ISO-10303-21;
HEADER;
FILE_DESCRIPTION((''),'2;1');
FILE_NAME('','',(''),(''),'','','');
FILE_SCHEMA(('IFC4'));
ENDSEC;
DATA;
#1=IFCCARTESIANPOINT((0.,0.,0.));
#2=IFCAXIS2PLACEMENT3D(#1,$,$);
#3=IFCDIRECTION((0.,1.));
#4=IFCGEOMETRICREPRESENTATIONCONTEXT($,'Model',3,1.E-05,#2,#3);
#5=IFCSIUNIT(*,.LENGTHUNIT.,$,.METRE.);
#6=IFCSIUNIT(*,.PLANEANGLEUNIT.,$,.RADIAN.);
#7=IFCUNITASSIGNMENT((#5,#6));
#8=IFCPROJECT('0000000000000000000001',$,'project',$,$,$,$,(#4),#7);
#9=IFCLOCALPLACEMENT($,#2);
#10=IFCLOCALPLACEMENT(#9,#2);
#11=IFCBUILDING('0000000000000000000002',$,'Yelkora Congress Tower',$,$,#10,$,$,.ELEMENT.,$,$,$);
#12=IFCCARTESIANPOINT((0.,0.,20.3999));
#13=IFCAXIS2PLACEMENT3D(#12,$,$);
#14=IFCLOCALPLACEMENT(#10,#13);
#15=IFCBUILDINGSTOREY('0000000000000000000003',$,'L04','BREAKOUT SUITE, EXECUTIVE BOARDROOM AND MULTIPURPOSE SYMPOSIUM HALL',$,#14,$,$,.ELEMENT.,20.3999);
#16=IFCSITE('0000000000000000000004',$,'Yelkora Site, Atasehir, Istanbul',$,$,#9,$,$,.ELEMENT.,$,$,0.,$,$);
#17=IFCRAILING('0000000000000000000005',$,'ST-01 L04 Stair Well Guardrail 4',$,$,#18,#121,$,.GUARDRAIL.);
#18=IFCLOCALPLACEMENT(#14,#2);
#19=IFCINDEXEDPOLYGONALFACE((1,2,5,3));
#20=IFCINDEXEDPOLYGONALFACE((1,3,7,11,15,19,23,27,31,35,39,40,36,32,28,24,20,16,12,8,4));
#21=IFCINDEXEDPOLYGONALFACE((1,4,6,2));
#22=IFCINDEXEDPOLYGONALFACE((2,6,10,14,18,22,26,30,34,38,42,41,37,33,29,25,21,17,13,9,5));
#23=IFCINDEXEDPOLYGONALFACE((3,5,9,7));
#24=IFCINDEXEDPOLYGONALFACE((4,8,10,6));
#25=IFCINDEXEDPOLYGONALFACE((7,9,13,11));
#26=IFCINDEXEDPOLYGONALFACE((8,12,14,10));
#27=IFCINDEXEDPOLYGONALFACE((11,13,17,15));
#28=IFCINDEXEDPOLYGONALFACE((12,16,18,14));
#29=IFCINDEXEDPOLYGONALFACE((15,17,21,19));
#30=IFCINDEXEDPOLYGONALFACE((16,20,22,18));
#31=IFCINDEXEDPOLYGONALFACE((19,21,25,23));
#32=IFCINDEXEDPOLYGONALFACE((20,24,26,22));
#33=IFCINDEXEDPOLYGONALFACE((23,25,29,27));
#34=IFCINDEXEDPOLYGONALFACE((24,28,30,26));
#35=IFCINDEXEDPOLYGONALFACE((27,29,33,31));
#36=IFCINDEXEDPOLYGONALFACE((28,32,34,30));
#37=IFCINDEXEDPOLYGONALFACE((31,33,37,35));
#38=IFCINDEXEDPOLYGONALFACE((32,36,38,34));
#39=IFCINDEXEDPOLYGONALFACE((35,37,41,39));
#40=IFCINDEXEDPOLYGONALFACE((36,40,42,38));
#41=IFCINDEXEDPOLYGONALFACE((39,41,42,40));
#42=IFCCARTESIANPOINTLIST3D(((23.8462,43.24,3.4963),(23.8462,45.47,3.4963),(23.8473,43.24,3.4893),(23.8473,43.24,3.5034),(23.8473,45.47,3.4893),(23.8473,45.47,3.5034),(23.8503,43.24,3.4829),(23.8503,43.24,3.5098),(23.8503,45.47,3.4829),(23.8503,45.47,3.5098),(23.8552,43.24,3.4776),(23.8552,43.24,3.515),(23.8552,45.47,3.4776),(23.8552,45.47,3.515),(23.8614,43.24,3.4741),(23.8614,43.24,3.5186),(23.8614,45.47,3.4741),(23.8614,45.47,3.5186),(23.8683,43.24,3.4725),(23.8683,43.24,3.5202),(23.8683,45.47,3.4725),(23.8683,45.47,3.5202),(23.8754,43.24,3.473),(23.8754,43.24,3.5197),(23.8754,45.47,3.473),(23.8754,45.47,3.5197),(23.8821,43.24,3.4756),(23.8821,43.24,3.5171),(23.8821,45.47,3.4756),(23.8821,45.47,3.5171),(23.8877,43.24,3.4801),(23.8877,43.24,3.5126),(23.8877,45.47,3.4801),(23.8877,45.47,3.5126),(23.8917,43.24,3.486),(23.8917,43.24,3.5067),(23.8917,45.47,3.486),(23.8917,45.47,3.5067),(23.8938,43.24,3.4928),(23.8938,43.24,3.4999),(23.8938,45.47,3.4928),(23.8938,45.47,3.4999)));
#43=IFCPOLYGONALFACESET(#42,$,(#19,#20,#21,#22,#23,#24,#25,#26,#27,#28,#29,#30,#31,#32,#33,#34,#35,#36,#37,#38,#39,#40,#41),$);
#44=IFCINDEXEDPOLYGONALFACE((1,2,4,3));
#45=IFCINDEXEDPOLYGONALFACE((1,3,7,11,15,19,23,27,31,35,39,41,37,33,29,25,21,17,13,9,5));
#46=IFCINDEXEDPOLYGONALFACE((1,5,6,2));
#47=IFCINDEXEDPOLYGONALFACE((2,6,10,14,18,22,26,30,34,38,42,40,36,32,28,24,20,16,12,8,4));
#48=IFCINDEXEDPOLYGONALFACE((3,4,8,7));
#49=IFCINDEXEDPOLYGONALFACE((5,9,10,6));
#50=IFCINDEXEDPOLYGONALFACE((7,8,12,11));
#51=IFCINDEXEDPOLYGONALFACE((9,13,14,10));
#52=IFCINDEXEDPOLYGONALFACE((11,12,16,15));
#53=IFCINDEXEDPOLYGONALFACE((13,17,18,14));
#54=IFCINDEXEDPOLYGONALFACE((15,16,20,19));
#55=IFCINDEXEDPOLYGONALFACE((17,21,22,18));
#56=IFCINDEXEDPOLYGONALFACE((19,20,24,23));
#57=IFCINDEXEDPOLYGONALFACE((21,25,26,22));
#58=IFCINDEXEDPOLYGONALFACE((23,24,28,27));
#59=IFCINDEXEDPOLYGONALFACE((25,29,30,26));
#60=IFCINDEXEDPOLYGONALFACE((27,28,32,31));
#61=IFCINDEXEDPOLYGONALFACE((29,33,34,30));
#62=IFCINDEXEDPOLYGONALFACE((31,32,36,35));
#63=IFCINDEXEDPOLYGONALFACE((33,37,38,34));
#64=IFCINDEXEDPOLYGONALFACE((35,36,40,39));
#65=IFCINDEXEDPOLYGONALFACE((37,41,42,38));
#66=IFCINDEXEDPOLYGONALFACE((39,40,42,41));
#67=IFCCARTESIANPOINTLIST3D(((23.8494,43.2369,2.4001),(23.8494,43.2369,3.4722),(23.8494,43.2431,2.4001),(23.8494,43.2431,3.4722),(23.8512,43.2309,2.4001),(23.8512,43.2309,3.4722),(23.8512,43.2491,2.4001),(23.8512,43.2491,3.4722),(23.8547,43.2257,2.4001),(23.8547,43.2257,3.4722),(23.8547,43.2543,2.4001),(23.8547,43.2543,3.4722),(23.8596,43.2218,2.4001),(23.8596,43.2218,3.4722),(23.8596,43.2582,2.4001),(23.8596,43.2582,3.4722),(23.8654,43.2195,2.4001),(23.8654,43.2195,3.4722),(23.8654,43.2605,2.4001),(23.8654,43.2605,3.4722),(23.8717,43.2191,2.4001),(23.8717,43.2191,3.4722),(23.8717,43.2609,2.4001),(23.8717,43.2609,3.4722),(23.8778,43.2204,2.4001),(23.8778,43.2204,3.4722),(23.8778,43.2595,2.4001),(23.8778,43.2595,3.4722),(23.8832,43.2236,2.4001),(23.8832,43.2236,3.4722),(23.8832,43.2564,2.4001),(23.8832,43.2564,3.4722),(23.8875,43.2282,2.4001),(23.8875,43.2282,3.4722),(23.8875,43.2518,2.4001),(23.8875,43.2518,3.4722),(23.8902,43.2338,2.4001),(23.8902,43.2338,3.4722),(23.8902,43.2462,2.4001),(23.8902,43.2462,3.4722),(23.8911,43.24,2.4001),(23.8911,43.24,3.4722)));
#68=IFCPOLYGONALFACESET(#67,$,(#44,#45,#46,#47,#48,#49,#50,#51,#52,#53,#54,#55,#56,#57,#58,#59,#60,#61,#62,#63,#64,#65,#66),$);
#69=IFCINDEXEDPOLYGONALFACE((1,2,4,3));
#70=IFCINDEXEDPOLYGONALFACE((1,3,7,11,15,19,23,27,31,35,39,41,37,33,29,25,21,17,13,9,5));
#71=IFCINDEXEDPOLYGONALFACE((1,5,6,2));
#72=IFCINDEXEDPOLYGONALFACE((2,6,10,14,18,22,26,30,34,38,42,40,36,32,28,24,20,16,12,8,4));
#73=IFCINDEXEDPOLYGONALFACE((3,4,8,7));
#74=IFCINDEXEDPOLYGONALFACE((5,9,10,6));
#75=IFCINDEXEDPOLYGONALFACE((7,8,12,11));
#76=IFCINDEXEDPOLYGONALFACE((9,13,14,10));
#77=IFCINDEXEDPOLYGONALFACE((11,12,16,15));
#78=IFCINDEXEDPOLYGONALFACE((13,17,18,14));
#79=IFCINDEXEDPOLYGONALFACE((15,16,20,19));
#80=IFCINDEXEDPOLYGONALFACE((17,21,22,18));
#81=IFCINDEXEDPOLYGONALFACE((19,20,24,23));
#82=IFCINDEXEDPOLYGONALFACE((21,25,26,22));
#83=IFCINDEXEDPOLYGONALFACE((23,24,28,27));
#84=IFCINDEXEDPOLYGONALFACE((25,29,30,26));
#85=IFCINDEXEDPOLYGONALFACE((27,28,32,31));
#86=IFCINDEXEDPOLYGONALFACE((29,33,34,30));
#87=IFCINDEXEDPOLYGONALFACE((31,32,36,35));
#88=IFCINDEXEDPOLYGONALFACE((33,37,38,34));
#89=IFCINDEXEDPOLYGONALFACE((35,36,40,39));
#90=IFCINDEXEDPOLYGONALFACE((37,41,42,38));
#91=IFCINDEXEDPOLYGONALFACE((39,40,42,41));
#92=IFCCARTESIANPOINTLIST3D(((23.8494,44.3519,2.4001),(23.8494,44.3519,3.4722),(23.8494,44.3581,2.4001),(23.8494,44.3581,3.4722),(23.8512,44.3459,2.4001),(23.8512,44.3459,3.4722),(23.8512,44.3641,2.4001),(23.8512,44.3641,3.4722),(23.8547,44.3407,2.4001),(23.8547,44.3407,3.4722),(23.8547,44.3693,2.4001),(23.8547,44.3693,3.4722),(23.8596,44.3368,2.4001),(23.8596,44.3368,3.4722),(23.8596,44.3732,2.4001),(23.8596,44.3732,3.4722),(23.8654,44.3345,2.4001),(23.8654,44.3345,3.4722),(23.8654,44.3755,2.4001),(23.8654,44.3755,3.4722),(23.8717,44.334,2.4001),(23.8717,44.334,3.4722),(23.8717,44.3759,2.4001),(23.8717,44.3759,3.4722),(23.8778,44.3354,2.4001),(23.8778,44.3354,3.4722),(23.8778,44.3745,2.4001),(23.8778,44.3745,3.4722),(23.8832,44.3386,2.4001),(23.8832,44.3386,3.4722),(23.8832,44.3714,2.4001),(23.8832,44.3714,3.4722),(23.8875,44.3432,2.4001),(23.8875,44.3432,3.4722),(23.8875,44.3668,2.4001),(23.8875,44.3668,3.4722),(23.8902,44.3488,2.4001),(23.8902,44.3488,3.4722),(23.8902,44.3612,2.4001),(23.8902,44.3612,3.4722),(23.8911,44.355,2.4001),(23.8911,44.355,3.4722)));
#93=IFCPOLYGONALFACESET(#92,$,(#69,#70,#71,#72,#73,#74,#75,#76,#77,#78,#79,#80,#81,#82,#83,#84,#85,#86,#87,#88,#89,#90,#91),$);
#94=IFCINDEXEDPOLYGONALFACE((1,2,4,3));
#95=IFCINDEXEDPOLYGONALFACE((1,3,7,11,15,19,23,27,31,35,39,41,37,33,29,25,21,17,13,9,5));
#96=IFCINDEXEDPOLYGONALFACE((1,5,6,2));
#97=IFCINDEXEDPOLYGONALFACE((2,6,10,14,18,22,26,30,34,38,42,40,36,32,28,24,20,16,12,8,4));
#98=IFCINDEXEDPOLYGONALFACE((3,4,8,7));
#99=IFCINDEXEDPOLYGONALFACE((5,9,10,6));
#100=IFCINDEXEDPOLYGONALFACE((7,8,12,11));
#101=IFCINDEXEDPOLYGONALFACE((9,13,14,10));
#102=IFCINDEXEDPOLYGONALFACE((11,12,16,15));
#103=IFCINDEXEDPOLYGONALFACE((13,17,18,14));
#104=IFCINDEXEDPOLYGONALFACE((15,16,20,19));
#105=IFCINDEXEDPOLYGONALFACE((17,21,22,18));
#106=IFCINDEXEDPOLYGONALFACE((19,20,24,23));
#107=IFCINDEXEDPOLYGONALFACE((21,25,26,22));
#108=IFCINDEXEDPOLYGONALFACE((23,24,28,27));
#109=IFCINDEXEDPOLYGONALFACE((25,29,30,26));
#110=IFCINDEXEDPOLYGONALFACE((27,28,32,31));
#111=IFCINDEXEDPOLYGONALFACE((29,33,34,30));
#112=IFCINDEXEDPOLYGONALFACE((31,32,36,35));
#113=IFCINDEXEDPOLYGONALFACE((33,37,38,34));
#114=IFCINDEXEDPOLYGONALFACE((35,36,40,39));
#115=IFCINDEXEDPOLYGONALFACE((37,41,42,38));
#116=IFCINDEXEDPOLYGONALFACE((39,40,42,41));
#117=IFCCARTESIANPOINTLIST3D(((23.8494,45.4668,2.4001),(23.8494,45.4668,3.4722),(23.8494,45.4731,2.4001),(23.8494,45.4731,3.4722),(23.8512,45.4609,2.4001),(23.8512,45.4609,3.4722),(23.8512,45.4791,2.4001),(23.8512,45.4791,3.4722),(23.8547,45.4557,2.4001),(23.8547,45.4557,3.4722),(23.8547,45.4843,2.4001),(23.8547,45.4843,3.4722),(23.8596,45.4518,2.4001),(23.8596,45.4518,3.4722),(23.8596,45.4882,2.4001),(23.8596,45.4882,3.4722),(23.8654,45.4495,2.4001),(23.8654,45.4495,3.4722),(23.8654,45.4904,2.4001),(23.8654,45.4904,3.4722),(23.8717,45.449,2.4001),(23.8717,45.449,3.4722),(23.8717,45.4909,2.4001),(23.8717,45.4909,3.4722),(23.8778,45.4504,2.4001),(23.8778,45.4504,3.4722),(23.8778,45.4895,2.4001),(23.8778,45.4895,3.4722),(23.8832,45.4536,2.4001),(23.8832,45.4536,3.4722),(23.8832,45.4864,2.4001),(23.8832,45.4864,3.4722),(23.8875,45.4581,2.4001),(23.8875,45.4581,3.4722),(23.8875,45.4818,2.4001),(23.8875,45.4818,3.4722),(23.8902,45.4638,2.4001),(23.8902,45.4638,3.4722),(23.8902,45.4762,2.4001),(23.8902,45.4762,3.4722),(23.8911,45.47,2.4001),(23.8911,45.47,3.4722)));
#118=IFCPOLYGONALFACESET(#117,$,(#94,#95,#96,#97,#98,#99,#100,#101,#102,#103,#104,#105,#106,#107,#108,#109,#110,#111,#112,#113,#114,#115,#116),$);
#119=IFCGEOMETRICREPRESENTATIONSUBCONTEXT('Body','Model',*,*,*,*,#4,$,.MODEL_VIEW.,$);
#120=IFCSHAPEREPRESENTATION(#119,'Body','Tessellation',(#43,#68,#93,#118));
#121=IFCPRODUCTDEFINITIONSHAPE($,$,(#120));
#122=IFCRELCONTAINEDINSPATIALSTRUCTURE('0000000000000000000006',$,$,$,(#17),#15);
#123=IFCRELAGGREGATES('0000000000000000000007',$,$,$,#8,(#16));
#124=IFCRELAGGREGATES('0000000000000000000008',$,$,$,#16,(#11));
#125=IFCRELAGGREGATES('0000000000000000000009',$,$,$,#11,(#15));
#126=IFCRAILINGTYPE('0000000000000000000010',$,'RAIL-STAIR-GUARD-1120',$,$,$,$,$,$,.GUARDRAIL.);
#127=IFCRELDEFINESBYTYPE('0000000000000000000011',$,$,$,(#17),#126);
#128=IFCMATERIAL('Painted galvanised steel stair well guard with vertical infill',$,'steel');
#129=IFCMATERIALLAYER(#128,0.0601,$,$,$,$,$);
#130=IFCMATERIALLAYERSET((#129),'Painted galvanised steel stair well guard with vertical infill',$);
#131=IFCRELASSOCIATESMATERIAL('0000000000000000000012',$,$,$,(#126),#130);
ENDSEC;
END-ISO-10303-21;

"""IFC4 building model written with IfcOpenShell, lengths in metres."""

from ifc_helpers import new_model, si_unit, direction, frame, origin, origin_2d, place, context, subcontext, project, spatial, circle, extrude, material, layer, layer_set, type_object, element, save


model = new_model("IFC4")

# Units and contexts
model_context = context("Model", 3, precision=1e-05, world=origin(), true_north=direction((0.0, 1.0)))
body_context = subcontext(model_context, "Body", "Model", "MODEL_VIEW")
ifc_project = project(units=[si_unit("LENGTHUNIT", "METRE"), si_unit("PLANEANGLEUNIT", "RADIAN")], contexts=[model_context])

# Site, building, storey
site_placement = place(None, origin())
site = spatial("IfcSite", under=ifc_project, at=site_placement, Name="Yelkora Site, Atasehir, Istanbul", CompositionType="ELEMENT", RefElevation=0.0)
building_placement = place(site_placement, origin())
building = spatial("IfcBuilding", under=site, at=building_placement, Name="Yelkora Congress Tower", CompositionType="ELEMENT")
storey_placement = place(building_placement, frame((0.0, 0.0, 20.3999)))
storey = spatial("IfcBuildingStorey", under=building, at=storey_placement, Name="L04", Description="BREAKOUT SUITE, EXECUTIVE BOARDROOM AND MULTIPURPOSE SYMPOSIUM HALL", CompositionType="ELEMENT", Elevation=20.3999)

# Railing
ifc_material_1 = material(Name="Painted galvanised steel stair well guard with vertical infill", Category="steel")
ifc_layer_1 = layer(ifc_material_1, 0.0601)
ifc_layer_set_1 = layer_set([ifc_layer_1], Name="Painted galvanised steel stair well guard with vertical infill")
railing_type_1 = type_object("IfcRailingType", Name="RAIL-STAIR-GUARD-1120", PredefinedType="GUARDRAIL", material=ifc_layer_set_1)
for number, where, name in (
    (1, (23.8701, 43.24, 2.4001), "ST-01 L04 Stair Well Guardrail 4"),
):
    element("IfcRailing", number, at=place(storey_placement, frame(where)), inside=storey, type_object=railing_type_1, Name=name, PredefinedType="GUARDRAIL", context=body_context, shape_type="SweptSolid", body=[
        extrude(circle(Radius=0.0239, at=origin_2d()), frame((0.0, 0.0, 1.0962), z_axis=(0.0, 1.0, 0.0), x_axis=(-1.0, 0.0, 0.0)), (0.0, 0.0, 1.0), 2.23),
        extrude(circle(Radius=0.021, at=origin_2d()), origin(), (0.0, 0.0, 1.0), 1.072),
        extrude(circle(Radius=0.021, at=origin_2d()), frame((0.0, 1.115, 0.0)), (0.0, 0.0, 1.0), 1.072),
        extrude(circle(Radius=0.021, at=origin_2d()), frame((0.0, 2.23, 0.0)), (0.0, 0.0, 1.0), 1.072),
    ])

save(model, "model.ifc")
